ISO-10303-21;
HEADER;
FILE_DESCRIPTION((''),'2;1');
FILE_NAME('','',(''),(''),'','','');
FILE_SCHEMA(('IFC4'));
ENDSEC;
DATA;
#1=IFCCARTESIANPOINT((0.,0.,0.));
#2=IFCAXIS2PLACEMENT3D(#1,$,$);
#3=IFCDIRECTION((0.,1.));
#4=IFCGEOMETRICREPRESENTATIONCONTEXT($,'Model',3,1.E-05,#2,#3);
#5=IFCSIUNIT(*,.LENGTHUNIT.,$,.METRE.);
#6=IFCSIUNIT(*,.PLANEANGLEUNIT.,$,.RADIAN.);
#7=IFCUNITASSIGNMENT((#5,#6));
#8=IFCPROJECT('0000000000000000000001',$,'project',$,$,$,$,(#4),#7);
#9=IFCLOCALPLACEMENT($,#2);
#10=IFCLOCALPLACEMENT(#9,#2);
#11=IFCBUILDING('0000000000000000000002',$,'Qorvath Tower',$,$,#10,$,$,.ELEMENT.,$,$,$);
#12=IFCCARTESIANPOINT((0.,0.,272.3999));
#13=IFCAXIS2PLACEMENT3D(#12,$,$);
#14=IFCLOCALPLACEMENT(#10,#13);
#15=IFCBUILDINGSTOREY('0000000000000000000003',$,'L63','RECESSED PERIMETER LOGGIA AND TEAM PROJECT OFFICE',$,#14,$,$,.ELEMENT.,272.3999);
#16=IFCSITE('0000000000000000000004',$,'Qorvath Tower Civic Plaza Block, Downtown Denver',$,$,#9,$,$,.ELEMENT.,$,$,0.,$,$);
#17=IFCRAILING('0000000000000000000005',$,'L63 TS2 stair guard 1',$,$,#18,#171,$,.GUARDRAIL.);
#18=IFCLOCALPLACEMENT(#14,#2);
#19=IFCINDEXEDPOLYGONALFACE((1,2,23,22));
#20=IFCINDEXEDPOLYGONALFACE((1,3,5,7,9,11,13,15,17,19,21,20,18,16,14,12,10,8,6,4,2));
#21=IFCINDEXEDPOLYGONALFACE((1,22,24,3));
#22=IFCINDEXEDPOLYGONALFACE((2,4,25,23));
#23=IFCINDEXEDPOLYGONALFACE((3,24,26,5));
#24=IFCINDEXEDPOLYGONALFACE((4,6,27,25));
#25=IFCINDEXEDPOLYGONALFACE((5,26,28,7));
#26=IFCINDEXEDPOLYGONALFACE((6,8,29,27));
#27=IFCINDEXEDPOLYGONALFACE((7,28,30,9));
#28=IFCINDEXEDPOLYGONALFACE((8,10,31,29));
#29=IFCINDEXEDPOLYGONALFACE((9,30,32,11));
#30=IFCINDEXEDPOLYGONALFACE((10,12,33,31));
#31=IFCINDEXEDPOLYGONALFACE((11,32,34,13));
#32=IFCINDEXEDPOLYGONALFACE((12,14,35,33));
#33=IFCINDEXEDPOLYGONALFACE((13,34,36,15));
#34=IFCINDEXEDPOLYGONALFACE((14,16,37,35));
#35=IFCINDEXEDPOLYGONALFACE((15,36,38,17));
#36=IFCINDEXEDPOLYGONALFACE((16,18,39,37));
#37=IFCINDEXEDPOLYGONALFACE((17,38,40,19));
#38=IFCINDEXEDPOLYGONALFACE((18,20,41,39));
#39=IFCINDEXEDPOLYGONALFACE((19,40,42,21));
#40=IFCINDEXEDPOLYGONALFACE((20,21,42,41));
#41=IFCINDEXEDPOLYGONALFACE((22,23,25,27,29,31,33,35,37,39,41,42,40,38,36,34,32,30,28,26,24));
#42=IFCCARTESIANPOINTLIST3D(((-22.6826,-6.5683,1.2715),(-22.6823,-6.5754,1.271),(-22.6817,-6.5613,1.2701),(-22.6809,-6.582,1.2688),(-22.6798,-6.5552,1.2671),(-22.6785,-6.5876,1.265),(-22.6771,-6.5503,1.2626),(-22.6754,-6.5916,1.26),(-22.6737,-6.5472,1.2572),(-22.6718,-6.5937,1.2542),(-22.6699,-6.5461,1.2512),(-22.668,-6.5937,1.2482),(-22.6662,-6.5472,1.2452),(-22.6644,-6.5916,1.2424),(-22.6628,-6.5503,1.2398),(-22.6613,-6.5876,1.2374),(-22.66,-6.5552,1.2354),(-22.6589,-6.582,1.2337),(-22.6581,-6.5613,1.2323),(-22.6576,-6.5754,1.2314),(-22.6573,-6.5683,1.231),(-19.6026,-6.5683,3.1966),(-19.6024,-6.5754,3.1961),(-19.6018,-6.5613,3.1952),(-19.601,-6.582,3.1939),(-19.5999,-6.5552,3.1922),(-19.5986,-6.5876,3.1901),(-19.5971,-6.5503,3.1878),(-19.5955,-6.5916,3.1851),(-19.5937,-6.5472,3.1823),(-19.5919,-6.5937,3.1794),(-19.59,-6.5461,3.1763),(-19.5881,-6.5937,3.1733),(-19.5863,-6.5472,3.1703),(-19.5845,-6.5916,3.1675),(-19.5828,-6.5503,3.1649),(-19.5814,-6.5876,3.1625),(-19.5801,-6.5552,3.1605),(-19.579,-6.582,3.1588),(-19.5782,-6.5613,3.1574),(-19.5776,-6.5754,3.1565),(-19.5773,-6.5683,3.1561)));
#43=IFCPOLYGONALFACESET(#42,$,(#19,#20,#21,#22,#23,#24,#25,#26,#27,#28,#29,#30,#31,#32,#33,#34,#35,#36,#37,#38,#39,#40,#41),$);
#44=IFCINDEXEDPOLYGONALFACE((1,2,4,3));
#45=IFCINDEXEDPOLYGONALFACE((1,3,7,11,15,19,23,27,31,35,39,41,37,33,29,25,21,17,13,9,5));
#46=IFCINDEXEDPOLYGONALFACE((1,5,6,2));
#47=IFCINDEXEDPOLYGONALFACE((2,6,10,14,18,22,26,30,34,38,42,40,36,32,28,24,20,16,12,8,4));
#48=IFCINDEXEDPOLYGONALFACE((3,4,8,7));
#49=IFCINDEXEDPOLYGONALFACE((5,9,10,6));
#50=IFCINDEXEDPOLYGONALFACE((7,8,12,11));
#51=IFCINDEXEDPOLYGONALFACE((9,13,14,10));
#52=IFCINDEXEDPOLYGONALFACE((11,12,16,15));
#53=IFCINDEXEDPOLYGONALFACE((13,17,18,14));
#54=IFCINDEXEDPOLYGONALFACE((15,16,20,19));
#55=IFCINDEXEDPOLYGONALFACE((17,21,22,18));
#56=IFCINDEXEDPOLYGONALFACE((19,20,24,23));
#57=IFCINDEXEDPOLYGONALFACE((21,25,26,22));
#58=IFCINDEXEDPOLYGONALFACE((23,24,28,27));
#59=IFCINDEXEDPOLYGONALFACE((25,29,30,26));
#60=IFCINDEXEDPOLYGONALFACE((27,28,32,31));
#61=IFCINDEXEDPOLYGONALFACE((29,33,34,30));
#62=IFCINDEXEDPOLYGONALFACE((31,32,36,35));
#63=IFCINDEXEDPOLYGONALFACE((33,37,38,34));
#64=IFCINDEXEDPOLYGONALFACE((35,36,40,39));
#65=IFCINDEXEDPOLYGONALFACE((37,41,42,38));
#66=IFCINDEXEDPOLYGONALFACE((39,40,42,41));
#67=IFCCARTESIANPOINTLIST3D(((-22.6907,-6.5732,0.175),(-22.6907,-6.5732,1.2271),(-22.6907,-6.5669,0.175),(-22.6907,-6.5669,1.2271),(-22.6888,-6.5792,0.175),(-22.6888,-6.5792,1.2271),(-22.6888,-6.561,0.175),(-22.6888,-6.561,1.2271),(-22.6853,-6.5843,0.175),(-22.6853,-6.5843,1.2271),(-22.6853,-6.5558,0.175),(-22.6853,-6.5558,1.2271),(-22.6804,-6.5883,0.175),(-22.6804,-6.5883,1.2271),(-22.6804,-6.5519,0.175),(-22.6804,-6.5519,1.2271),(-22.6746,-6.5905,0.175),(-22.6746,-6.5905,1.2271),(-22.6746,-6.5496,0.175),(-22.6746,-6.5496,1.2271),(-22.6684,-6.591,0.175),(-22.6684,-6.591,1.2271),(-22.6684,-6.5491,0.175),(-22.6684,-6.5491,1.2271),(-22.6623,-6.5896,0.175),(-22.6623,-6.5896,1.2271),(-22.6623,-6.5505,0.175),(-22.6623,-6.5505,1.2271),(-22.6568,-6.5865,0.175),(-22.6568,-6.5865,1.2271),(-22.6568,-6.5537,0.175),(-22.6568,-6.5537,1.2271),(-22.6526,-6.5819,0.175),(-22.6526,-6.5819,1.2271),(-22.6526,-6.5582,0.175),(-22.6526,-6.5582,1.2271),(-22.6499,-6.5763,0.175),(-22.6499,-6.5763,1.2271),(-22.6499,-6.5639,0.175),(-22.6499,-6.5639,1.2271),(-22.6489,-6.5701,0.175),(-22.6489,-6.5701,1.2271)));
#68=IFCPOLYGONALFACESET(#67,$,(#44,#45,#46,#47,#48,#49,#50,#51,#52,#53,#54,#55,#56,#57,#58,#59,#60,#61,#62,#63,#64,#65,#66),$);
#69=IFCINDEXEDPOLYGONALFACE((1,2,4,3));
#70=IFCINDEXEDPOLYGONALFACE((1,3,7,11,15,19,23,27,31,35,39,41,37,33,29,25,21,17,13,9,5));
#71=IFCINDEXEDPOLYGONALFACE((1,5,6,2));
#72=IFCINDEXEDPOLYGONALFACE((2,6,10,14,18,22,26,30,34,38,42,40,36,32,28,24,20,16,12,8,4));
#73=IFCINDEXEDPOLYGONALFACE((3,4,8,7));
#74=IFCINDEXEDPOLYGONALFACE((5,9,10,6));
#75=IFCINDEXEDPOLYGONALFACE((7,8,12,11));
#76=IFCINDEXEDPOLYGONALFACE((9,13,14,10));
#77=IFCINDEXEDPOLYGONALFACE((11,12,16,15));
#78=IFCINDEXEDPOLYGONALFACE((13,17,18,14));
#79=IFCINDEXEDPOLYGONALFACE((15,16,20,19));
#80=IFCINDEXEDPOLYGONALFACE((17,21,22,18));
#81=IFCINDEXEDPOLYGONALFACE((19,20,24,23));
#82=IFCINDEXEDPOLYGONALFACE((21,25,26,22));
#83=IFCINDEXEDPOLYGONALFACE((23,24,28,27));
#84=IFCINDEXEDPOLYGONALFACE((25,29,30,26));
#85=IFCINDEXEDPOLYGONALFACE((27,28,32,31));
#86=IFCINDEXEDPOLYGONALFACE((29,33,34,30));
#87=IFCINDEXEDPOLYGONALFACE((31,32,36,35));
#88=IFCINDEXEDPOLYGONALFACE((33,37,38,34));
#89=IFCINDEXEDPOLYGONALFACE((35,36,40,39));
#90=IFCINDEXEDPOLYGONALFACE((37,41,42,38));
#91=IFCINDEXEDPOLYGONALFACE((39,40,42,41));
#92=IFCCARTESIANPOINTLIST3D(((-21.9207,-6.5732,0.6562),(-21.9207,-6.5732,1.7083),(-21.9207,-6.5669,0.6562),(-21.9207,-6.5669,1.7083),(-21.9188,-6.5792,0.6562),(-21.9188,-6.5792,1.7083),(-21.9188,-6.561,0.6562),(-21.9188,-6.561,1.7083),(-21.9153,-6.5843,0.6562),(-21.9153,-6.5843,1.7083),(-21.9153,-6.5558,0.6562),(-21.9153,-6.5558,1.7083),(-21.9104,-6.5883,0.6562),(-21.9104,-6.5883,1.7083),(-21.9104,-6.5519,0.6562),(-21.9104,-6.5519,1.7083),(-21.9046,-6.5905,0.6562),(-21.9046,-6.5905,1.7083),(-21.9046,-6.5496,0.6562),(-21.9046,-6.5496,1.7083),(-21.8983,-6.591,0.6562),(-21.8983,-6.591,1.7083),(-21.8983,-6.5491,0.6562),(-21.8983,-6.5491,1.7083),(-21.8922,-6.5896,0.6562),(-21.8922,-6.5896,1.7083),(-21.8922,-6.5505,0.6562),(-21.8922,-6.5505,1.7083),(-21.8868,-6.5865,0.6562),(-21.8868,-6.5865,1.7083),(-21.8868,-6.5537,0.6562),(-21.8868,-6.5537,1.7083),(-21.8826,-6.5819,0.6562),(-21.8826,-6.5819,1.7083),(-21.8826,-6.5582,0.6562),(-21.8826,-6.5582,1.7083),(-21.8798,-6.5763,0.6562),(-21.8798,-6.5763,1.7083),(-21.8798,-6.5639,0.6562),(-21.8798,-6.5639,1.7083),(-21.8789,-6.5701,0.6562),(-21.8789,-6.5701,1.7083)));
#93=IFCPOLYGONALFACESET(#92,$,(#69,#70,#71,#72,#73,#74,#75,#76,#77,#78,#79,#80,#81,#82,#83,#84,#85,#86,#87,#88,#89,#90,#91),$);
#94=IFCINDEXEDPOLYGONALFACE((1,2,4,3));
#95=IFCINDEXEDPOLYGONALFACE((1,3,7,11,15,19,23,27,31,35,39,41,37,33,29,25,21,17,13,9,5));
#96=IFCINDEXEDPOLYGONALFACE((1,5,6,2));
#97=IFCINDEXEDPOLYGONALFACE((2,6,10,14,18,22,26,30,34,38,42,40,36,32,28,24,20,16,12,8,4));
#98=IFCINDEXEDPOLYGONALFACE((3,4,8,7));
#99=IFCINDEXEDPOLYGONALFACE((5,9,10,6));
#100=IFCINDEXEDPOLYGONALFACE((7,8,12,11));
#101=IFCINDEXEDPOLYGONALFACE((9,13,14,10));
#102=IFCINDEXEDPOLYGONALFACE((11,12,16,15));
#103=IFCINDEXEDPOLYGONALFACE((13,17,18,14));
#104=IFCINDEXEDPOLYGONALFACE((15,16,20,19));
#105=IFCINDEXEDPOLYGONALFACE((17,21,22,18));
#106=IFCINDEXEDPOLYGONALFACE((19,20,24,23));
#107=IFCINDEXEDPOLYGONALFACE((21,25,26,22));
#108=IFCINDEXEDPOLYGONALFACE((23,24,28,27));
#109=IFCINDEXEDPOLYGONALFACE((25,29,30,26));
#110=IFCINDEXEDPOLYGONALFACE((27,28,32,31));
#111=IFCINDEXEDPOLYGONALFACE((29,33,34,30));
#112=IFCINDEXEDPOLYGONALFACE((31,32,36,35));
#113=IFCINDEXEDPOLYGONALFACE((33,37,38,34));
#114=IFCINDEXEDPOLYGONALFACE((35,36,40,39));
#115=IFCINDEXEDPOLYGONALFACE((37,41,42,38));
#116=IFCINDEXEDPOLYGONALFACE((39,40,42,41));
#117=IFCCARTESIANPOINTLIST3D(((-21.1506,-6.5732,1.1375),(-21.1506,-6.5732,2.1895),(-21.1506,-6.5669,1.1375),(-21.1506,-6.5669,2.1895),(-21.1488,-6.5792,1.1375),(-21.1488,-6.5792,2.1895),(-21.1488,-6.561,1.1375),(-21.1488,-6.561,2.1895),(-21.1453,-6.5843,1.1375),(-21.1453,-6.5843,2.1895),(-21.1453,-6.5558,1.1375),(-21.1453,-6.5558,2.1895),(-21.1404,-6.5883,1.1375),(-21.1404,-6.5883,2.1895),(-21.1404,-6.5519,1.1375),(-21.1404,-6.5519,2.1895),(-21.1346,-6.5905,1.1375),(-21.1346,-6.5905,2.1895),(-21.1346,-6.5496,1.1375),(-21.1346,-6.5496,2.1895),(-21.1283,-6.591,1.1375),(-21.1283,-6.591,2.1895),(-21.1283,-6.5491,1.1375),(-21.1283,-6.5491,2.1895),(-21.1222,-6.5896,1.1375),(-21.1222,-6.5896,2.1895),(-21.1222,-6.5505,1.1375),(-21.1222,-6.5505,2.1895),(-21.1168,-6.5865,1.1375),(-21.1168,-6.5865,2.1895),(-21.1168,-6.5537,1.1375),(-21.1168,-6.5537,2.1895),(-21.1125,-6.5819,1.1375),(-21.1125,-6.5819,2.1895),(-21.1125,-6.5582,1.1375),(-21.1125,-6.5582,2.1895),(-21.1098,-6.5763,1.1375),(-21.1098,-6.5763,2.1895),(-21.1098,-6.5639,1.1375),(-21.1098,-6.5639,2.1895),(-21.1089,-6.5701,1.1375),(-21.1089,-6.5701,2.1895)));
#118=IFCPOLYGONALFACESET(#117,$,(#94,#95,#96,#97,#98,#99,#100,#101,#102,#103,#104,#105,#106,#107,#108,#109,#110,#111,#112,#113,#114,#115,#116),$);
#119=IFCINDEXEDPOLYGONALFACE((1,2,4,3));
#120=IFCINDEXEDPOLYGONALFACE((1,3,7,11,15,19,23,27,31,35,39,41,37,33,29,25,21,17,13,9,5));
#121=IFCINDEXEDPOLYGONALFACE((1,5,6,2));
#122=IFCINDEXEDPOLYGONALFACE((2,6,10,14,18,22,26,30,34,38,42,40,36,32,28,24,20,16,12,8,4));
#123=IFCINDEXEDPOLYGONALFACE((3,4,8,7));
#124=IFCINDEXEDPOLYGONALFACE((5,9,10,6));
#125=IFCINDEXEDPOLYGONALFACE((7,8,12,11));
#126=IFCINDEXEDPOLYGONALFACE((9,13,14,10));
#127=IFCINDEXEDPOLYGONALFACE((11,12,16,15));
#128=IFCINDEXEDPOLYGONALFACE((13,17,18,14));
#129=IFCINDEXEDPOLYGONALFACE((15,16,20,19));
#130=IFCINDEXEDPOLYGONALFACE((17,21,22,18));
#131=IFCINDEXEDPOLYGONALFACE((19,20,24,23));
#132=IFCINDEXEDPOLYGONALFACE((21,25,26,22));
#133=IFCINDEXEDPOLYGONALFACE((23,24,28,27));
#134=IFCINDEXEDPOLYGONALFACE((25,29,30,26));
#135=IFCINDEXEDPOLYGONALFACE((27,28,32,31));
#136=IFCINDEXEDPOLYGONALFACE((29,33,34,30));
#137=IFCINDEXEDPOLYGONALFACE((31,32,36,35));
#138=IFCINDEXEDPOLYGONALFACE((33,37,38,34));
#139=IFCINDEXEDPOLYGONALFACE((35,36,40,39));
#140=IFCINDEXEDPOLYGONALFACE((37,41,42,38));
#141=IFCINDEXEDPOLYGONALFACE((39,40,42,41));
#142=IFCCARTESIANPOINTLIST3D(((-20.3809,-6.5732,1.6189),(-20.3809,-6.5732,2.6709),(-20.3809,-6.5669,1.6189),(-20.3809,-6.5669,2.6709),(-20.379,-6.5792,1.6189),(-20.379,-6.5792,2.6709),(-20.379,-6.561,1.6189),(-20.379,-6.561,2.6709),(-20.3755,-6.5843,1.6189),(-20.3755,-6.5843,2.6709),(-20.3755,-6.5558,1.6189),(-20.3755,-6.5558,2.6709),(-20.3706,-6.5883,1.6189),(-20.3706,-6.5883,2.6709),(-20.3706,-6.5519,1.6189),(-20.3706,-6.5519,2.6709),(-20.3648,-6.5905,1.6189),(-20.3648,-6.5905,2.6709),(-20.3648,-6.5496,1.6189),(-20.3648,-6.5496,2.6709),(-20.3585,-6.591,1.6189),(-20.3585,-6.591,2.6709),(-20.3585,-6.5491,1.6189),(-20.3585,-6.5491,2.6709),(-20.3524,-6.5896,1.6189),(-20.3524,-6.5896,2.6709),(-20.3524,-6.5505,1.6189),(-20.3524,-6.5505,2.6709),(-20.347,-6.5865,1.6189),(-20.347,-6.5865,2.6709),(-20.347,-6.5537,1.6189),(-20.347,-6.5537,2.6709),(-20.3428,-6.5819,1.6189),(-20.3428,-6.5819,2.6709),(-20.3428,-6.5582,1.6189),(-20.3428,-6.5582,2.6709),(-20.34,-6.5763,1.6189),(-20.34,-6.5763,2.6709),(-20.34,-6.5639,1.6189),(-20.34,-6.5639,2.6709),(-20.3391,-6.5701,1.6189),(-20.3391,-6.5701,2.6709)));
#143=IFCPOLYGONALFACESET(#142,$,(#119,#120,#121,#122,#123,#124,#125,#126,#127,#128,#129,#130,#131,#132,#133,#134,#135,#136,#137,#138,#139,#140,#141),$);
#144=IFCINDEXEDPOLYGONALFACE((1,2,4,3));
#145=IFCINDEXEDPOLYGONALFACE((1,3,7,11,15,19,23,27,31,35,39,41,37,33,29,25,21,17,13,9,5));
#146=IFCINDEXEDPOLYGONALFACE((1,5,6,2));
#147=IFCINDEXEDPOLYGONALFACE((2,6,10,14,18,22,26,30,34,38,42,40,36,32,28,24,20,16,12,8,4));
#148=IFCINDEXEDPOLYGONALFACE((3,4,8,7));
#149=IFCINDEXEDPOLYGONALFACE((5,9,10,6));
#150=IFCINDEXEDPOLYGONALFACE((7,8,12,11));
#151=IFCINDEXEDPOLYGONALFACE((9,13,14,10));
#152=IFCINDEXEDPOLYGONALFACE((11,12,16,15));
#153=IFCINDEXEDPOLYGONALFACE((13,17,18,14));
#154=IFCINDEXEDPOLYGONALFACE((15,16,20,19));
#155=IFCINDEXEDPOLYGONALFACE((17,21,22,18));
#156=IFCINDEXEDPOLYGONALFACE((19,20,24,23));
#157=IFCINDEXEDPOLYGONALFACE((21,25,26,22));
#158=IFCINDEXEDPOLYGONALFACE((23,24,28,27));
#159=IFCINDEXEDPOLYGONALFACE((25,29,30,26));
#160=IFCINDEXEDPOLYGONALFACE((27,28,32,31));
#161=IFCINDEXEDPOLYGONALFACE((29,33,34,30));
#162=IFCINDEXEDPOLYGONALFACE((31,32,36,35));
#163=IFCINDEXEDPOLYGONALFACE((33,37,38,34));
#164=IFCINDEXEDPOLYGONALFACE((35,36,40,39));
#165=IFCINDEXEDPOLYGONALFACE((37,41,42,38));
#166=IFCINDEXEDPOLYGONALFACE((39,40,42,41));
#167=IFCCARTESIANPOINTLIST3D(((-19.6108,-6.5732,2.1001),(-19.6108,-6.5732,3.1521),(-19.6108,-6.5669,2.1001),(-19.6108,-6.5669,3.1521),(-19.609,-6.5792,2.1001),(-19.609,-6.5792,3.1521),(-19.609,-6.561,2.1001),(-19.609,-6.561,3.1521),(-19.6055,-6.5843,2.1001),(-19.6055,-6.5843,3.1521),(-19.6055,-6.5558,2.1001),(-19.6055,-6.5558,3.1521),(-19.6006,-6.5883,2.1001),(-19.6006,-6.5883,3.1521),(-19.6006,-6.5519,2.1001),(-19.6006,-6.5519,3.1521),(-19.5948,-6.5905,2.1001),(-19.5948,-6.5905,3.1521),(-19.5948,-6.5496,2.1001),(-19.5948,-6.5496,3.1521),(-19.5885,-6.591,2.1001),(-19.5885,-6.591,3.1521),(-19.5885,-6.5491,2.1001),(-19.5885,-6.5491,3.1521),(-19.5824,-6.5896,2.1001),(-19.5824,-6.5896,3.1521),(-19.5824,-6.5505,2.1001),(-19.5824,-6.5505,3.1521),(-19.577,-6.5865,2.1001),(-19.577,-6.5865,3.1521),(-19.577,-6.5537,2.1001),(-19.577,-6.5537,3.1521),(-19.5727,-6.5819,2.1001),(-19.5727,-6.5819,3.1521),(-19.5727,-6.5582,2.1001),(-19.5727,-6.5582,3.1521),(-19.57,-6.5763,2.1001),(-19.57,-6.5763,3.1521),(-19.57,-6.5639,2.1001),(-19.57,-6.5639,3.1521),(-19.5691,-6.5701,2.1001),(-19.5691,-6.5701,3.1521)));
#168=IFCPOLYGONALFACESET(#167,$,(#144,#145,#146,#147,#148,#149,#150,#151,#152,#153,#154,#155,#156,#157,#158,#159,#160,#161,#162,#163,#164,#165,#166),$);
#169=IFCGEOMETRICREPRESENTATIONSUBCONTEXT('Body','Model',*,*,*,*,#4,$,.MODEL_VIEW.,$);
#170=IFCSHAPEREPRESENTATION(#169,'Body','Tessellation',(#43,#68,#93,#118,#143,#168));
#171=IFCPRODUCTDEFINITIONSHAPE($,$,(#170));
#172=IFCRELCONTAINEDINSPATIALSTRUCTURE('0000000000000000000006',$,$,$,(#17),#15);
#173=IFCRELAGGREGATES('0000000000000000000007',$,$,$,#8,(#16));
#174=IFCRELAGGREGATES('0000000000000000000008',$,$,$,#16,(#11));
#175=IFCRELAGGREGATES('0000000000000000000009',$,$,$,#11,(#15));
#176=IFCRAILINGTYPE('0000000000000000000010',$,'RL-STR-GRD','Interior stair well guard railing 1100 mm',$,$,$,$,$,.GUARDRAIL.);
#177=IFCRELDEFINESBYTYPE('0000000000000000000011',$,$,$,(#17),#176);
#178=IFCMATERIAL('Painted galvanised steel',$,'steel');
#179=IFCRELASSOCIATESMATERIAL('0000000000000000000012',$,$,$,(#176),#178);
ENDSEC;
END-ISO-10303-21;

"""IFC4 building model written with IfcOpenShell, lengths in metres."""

from ifc_helpers import new_model, si_unit, direction, frame, origin, origin_2d, place, context, subcontext, project, spatial, circle, extrude, material, type_object, element, save


model = new_model("IFC4")

# Units and contexts
model_context = context("Model", 3, precision=1e-05, world=origin(), true_north=direction((0.0, 1.0)))
body_context = subcontext(model_context, "Body", "Model", "MODEL_VIEW")
ifc_project = project(units=[si_unit("LENGTHUNIT", "METRE"), si_unit("PLANEANGLEUNIT", "RADIAN")], contexts=[model_context])

# Site, building, storey
site_placement = place(None, origin())
site = spatial("IfcSite", under=ifc_project, at=site_placement, Name="Qorvath Tower Civic Plaza Block, Downtown Denver", CompositionType="ELEMENT", RefElevation=0.0)
building_placement = place(site_placement, origin())
building = spatial("IfcBuilding", under=site, at=building_placement, Name="Qorvath Tower", CompositionType="ELEMENT")
storey_placement = place(building_placement, frame((0.0, 0.0, 272.3999)))
storey = spatial("IfcBuildingStorey", under=building, at=storey_placement, Name="L63", Description="RECESSED PERIMETER LOGGIA AND TEAM PROJECT OFFICE", CompositionType="ELEMENT", Elevation=272.3999)

# Railing
ifc_material_1 = material(Name="Painted galvanised steel", Category="steel")
railing_type_1 = type_object("IfcRailingType", Name="RL-STR-GRD", Description="Interior stair well guard railing 1100 mm", PredefinedType="GUARDRAIL", material=ifc_material_1)
railing_1_placement = place(storey_placement, frame((-22.6699, -6.5701, 0.175)))
element("IfcRailing", 1, at=railing_1_placement, inside=storey, type_object=railing_type_1, Name="L63 TS2 stair guard 1", PredefinedType="GUARDRAIL", context=body_context, shape_type="SweptSolid", body=[
    extrude(circle(Radius=0.0239, at=origin_2d()), frame((0.0, 0.0, 1.0762), z_axis=(0.847979, 0.0, 0.530029), x_axis=(0.0, 1.0, 0.0)), (0.0, 0.0, 1.0), 3.6321),
    extrude(circle(Radius=0.021, at=origin_2d()), origin(), (0.0, 0.0, 1.0), 1.052),
    extrude(circle(Radius=0.021, at=origin_2d()), frame((0.77, 0.0, 0.4812)), (0.0, 0.0, 1.0), 1.052),
    extrude(circle(Radius=0.021, at=origin_2d()), frame((1.54, 0.0, 0.9624)), (0.0, 0.0, 1.0), 1.052),
    extrude(circle(Radius=0.021, at=origin_2d()), frame((2.3098, 0.0, 1.4438)), (0.0, 0.0, 1.0), 1.052),
    extrude(circle(Radius=0.021, at=origin_2d()), frame((3.0798, 0.0, 1.925)), (0.0, 0.0, 1.0), 1.052),
])

save(model, "model.ifc")
